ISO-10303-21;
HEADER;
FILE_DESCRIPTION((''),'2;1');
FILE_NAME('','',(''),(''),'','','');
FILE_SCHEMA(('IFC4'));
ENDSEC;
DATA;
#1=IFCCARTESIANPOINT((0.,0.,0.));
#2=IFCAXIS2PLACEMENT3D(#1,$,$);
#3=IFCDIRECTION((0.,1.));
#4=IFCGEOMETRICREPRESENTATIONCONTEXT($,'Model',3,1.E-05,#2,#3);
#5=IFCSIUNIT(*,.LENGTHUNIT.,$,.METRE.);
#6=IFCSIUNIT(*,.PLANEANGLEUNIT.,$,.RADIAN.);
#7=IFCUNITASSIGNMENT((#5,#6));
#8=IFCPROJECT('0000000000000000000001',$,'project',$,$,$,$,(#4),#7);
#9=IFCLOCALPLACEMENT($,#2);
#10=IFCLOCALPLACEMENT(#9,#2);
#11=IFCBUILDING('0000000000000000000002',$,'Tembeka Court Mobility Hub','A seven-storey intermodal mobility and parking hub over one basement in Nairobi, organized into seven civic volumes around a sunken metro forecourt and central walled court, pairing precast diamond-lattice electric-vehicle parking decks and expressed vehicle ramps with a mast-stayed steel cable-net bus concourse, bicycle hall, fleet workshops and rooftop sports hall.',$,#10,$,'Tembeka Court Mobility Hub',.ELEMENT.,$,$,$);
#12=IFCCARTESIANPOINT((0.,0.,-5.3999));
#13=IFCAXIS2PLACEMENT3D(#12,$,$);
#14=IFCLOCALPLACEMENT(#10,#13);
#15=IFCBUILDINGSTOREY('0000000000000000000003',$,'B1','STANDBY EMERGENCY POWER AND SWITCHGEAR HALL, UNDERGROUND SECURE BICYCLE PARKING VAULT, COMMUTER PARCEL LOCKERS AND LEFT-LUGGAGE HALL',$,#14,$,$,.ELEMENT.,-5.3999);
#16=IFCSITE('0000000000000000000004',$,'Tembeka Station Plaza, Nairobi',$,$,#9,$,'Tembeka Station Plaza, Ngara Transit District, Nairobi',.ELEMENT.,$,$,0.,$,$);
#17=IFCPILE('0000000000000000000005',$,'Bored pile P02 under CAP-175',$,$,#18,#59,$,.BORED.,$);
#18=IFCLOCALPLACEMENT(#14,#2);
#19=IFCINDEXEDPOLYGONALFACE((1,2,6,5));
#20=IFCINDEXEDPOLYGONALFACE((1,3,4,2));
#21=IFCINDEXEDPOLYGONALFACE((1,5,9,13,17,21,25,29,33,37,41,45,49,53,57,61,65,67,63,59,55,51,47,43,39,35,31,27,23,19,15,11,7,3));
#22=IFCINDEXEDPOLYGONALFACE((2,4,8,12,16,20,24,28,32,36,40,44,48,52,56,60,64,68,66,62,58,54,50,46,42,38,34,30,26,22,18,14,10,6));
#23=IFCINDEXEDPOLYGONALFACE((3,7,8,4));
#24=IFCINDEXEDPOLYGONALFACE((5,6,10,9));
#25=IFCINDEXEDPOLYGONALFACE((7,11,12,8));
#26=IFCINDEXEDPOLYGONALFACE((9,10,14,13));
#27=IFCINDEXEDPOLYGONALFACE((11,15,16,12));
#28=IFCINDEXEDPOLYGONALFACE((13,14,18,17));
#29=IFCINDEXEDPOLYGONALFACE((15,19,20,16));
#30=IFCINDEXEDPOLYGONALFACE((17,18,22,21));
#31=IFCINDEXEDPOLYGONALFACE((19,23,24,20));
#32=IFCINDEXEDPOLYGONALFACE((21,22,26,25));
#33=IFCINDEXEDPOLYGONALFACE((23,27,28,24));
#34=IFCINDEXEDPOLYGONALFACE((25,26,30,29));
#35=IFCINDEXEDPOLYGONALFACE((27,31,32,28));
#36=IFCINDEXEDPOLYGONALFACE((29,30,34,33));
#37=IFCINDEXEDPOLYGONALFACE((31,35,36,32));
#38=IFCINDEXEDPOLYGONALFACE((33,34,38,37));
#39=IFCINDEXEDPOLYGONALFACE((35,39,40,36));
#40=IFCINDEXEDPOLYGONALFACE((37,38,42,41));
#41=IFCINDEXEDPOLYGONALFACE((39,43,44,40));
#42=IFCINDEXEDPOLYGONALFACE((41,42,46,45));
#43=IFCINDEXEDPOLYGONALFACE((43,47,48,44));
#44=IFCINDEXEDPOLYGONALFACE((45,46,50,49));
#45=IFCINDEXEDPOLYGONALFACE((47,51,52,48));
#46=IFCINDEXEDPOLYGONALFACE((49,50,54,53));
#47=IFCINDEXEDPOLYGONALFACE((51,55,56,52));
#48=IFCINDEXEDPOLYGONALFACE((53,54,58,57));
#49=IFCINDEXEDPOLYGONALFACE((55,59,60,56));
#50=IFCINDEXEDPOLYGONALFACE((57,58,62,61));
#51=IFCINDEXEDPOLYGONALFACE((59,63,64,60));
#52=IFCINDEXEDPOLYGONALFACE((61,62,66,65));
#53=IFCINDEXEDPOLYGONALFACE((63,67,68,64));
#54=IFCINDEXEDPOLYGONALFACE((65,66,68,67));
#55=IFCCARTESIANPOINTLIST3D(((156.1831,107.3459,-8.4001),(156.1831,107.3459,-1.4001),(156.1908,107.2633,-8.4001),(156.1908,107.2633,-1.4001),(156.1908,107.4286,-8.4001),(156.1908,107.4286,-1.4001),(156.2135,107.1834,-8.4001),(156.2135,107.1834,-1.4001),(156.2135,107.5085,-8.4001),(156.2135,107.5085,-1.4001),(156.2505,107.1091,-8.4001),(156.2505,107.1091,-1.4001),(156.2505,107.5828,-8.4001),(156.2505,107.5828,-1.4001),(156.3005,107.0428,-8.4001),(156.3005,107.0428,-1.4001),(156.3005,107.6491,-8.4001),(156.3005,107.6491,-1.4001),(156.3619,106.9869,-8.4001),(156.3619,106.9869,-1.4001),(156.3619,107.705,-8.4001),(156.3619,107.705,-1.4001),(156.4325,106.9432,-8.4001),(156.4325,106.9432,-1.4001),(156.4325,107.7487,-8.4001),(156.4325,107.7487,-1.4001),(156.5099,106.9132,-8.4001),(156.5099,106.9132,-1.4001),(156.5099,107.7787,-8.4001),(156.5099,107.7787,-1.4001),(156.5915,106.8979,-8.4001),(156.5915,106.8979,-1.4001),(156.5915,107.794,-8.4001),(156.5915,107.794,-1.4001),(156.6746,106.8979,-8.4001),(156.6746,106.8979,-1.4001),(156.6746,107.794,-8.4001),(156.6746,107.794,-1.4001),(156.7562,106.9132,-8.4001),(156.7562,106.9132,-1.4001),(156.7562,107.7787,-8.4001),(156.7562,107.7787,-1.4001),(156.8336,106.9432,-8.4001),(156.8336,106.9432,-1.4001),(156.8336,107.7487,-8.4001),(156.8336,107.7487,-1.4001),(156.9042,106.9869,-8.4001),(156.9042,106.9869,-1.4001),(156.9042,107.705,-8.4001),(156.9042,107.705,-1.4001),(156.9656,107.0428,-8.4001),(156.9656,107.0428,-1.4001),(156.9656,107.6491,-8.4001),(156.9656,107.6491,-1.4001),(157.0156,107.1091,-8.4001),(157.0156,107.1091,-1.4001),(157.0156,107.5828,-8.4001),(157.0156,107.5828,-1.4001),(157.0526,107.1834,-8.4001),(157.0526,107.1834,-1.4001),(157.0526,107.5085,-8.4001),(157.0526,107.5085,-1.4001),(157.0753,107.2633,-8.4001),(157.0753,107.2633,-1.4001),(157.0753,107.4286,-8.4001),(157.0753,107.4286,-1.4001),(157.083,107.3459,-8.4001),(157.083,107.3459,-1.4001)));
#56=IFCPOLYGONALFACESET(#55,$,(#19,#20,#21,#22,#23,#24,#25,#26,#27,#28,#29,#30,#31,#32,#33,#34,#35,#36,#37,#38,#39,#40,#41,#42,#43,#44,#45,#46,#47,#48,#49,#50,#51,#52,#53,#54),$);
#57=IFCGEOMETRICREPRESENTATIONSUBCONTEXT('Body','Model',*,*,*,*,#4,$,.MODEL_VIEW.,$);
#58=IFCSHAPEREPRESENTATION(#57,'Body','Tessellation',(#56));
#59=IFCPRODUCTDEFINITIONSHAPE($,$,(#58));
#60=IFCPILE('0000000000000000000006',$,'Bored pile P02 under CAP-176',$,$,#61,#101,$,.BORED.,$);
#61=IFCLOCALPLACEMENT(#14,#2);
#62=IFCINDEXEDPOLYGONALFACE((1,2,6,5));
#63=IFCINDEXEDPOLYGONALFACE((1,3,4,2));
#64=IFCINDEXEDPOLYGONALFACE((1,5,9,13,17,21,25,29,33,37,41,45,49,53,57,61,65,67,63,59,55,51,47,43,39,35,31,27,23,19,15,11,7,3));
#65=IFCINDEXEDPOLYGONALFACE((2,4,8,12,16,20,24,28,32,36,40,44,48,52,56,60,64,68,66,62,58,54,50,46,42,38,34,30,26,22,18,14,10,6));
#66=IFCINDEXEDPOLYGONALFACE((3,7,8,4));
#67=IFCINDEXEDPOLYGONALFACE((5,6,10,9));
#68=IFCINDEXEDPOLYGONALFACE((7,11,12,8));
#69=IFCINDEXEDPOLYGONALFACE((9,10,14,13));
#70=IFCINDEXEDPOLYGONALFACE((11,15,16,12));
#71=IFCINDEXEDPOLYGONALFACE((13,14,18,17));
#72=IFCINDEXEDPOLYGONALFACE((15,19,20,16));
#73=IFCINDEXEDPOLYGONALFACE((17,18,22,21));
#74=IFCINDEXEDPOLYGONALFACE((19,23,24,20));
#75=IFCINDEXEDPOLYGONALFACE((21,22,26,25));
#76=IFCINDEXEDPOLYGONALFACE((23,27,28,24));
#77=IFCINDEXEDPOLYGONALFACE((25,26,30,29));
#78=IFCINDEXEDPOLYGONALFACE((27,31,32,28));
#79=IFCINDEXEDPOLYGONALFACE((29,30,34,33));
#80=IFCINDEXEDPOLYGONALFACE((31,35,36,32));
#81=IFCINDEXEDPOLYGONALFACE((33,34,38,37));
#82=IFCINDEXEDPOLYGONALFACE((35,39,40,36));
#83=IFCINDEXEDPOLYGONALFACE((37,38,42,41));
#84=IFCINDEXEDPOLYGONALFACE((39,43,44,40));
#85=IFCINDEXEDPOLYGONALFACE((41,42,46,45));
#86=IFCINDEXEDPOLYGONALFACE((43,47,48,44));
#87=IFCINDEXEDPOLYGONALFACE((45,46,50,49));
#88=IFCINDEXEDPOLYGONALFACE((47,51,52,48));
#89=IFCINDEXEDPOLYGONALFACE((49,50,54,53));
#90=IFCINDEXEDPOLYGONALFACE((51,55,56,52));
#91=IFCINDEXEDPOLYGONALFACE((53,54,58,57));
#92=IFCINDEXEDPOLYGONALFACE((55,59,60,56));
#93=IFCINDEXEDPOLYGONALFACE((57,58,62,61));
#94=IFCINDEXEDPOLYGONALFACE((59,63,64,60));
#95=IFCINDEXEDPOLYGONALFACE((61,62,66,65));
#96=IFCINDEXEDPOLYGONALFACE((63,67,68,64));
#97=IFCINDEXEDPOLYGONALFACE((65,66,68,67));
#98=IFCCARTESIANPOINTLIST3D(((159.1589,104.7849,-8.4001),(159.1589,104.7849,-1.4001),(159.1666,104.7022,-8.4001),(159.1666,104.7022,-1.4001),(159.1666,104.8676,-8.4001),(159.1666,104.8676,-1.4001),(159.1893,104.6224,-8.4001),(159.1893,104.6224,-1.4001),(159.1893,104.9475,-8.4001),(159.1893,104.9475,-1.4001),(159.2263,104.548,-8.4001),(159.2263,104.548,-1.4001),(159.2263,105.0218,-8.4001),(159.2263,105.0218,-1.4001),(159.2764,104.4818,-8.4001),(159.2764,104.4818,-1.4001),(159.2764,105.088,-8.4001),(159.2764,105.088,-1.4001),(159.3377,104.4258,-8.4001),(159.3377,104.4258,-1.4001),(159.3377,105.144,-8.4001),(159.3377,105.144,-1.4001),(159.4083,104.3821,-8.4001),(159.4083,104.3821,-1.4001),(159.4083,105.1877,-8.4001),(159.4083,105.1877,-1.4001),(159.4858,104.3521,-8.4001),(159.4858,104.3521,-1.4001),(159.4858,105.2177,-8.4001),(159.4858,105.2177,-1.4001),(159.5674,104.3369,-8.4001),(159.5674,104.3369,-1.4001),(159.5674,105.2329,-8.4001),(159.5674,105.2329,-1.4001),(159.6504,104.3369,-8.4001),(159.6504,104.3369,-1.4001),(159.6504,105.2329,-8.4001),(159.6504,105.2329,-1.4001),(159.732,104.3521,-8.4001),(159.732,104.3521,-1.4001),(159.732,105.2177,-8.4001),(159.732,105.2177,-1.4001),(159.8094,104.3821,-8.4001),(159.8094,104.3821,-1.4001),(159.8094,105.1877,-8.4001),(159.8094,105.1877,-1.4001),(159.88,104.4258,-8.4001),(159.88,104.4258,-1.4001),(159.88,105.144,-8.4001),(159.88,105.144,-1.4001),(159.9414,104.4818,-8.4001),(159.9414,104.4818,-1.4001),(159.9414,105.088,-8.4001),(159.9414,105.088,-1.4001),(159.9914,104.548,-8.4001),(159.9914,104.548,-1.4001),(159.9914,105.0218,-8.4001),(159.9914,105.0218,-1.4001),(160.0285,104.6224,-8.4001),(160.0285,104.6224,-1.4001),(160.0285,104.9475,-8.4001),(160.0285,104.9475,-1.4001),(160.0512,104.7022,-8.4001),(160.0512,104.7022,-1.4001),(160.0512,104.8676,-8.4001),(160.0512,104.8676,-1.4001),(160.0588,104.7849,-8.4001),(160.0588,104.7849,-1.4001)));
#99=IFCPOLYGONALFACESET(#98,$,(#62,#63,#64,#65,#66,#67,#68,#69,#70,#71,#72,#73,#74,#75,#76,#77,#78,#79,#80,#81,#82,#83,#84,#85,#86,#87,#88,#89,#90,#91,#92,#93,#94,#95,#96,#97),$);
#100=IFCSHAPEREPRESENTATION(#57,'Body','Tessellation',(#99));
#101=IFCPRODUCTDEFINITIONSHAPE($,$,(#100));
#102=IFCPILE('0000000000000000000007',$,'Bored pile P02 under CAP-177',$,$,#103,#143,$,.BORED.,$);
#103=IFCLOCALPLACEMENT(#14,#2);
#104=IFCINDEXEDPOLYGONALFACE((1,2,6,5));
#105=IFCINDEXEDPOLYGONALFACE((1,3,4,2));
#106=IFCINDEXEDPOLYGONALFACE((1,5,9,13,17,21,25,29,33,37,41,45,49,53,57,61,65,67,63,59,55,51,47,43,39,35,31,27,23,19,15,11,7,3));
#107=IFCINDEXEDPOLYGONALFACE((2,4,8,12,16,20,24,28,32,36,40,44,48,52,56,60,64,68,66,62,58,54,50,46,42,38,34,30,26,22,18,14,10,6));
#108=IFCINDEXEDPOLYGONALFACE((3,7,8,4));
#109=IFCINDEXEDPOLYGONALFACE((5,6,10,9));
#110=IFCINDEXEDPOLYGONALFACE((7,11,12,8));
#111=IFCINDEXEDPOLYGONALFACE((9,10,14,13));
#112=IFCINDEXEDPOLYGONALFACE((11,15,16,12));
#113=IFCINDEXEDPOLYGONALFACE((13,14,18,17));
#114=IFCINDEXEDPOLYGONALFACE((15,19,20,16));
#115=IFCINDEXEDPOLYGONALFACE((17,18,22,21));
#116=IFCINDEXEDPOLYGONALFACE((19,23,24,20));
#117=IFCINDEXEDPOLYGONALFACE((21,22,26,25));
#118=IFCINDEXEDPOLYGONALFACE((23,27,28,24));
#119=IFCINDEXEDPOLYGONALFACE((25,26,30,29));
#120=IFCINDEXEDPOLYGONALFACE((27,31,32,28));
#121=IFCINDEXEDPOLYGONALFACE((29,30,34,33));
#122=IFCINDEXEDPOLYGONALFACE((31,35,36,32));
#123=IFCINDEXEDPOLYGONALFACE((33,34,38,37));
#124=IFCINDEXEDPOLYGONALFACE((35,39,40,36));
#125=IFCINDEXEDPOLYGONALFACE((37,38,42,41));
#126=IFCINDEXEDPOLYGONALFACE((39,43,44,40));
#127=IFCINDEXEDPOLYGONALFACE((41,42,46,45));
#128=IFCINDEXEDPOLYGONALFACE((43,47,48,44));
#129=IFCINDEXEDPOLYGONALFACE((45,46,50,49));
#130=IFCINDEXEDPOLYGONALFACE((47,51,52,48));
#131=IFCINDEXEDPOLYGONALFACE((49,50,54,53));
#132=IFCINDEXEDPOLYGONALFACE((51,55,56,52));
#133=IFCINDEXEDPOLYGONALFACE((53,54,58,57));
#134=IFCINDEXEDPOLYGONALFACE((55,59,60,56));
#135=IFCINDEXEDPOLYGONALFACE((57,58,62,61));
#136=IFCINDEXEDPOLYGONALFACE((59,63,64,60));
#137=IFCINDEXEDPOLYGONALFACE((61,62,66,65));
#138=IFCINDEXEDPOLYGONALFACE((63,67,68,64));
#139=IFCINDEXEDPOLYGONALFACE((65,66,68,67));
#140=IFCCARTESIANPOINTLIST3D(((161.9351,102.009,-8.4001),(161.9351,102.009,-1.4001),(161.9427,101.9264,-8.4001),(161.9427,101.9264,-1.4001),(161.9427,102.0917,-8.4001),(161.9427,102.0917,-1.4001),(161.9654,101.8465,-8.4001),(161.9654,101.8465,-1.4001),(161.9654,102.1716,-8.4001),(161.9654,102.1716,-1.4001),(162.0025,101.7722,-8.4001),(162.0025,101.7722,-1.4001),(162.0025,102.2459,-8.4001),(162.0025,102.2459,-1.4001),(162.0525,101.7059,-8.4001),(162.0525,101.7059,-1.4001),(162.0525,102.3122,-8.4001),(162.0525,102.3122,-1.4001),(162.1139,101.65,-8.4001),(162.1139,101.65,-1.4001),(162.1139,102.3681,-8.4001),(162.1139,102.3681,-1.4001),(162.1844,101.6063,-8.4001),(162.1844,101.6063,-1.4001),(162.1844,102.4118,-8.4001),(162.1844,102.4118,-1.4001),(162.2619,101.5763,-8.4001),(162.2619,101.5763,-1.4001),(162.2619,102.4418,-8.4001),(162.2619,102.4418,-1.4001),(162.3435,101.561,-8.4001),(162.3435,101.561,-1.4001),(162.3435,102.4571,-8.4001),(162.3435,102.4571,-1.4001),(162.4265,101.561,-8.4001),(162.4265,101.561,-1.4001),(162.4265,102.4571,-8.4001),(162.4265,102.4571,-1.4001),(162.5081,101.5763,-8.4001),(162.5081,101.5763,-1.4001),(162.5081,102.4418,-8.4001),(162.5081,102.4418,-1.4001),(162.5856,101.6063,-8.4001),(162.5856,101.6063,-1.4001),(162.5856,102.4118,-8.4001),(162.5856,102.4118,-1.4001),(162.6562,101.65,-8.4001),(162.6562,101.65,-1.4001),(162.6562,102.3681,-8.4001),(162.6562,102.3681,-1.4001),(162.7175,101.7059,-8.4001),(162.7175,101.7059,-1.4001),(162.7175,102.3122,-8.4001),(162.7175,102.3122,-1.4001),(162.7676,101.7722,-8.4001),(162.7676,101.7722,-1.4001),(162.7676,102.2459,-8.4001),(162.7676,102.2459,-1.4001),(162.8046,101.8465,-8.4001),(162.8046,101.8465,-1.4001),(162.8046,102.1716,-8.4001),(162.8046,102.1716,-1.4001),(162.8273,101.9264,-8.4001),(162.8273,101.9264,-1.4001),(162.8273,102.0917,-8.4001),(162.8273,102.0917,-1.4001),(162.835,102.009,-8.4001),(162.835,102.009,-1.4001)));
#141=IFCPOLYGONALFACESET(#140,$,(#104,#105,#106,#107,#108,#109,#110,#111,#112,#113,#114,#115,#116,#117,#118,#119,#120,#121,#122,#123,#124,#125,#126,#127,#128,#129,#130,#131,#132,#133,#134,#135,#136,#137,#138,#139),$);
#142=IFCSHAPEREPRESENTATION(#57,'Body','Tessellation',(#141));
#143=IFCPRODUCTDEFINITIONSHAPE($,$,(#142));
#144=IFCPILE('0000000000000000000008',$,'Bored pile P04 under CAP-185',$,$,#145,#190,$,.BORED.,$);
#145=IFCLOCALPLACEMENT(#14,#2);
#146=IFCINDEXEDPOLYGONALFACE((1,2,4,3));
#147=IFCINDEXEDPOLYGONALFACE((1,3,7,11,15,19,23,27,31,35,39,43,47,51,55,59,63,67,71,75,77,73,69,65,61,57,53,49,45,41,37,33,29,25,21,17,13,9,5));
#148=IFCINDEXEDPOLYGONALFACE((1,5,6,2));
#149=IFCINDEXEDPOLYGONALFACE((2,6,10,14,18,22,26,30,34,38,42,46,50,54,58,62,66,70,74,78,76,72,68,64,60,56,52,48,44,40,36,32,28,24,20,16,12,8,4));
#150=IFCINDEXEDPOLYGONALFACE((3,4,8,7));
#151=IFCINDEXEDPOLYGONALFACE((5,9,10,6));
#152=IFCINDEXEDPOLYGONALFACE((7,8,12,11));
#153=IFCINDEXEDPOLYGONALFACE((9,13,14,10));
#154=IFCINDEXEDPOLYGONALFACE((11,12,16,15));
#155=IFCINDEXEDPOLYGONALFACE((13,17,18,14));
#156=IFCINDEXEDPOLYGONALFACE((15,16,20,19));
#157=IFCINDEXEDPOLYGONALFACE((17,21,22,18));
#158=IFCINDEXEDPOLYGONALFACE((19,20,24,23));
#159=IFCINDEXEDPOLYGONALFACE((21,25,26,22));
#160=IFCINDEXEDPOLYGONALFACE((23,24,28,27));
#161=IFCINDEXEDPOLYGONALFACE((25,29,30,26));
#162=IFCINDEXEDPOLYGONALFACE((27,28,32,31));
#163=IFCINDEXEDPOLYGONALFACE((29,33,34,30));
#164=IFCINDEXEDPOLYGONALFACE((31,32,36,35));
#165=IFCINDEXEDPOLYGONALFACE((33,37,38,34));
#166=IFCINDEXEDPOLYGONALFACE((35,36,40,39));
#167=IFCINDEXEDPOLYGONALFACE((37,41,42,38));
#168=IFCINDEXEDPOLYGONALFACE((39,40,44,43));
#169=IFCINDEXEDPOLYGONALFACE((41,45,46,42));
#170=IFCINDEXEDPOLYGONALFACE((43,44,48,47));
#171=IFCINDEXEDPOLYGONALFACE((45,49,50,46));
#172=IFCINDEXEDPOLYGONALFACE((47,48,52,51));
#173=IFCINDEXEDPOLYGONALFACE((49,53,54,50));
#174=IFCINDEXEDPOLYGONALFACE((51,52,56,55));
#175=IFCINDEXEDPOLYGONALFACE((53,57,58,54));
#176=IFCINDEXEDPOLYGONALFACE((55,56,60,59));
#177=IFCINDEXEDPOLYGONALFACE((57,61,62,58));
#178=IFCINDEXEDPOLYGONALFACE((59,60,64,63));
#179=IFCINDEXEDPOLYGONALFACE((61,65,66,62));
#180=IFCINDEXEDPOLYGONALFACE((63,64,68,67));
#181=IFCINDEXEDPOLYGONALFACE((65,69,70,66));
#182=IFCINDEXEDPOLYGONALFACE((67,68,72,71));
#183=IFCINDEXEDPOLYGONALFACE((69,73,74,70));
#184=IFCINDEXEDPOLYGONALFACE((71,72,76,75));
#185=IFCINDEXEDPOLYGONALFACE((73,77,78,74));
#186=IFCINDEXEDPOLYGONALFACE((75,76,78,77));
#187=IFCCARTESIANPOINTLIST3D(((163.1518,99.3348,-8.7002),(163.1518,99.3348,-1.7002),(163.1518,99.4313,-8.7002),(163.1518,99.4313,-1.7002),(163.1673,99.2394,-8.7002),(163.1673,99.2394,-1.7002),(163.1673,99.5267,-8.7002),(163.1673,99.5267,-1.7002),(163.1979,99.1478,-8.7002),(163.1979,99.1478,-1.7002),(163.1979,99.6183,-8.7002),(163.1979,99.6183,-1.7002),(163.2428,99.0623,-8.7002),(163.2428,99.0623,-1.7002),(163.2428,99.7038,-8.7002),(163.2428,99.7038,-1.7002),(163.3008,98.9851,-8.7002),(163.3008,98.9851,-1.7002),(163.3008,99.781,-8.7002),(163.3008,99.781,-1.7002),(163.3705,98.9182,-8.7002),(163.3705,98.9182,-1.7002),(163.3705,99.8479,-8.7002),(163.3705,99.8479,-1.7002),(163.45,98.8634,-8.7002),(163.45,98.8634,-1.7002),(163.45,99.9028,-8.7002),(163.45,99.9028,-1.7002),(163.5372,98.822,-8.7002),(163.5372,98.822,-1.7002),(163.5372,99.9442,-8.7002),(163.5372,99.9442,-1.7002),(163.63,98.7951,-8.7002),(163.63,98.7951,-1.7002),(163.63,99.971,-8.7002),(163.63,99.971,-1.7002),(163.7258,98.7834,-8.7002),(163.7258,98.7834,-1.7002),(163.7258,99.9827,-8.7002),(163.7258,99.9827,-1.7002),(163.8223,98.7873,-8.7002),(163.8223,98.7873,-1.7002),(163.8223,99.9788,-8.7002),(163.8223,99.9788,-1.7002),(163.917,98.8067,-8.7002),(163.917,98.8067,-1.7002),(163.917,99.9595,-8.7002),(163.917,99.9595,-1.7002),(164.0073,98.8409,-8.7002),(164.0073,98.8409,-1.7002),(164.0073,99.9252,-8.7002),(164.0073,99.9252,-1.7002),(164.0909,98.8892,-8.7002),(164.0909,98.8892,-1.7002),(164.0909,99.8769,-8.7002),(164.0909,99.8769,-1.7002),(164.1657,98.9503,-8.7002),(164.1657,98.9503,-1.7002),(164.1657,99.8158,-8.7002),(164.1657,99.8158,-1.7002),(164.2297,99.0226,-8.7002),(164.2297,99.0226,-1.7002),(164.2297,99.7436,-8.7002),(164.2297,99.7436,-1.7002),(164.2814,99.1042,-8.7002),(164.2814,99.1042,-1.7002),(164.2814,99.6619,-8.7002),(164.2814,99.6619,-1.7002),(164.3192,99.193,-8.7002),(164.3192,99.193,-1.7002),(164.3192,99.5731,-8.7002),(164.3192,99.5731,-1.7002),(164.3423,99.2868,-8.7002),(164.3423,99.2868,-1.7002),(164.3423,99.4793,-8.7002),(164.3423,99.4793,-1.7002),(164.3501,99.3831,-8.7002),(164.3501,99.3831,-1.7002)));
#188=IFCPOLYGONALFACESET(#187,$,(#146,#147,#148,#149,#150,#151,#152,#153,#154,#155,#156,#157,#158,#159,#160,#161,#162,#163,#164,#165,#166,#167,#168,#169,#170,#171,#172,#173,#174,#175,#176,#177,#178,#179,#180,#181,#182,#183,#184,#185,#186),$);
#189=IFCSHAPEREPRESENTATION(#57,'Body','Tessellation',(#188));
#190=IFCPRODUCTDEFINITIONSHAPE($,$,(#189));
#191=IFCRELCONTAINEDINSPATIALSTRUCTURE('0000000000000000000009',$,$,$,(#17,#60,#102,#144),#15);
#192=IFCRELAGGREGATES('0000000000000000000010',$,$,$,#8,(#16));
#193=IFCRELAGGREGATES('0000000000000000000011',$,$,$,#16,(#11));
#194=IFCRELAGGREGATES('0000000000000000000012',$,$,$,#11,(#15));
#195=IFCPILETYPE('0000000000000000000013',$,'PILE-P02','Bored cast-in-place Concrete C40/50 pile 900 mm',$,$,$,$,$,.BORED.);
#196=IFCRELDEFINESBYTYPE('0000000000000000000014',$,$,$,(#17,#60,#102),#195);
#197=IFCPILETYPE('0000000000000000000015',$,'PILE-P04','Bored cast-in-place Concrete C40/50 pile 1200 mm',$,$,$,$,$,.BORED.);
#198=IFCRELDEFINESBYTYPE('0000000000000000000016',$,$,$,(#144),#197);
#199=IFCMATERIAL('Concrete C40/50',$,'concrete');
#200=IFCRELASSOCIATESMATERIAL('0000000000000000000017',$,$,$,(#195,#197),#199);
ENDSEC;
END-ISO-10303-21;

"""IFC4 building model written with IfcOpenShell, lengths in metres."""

from ifc_helpers import new_model, si_unit, direction, frame, origin, origin_2d, place, context, subcontext, project, spatial, circle, extrude, material, material_profile, profile_set, type_object, element, save


model = new_model("IFC4")

# Units and contexts
model_context = context("Model", 3, precision=1e-05, world=origin(), true_north=direction((0.0, 1.0)))
body_context = subcontext(model_context, "Body", "Model", "MODEL_VIEW")
ifc_project = project(units=[si_unit("LENGTHUNIT", "METRE"), si_unit("PLANEANGLEUNIT", "RADIAN")], contexts=[model_context])

# Site, building, storey
site_placement = place(None, origin())
site = spatial("IfcSite", under=ifc_project, at=site_placement, Name="Tembeka Station Plaza, Nairobi", LongName="Tembeka Station Plaza, Ngara Transit District, Nairobi", CompositionType="ELEMENT", RefElevation=0.0)
building_placement = place(site_placement, origin())
building = spatial("IfcBuilding", under=site, at=building_placement, Name="Tembeka Court Mobility Hub", Description="A seven-storey intermodal mobility and parking hub over one basement in Nairobi, organized into seven civic volumes around a sunken metro forecourt and central walled court, pairing precast diamond-lattice electric-vehicle parking decks and expressed vehicle ramps with a mast-stayed steel cable-net bus concourse, bicycle hall, fleet workshops and rooftop sports hall.", LongName="Tembeka Court Mobility Hub", CompositionType="ELEMENT")
storey_placement = place(building_placement, frame((0.0, 0.0, -5.3999)))
storey = spatial("IfcBuildingStorey", under=building, at=storey_placement, Name="B1", Description="STANDBY EMERGENCY POWER AND SWITCHGEAR HALL, UNDERGROUND SECURE BICYCLE PARKING VAULT, COMMUTER PARCEL LOCKERS AND LEFT-LUGGAGE HALL", CompositionType="ELEMENT", Elevation=-5.3999)

# Shared definitions
ifc_material_1 = material(Name="Concrete C40/50", Category="concrete")

# Piles
ifc_material_profile_1 = material_profile(ifc_material_1, circle(Radius=0.45, at=origin_2d()), Name="PILE D900")
ifc_profile_set_1 = profile_set([ifc_material_profile_1], Name="Concrete C40/50")
pile_type_1 = type_object("IfcPileType", Name="PILE-P02", Description="Bored cast-in-place Concrete C40/50 pile 900 mm", PredefinedType="BORED", material=ifc_profile_set_1)
for number, where, z_axis, x_axis, name in (
    (1, (156.6331, 107.3459, -1.4001), (0.0, 0.0, -1.0), (1.0, 0.0, 0.0), "Bored pile P02 under CAP-175"),
    (2, (159.6089, 104.7849, -1.4001), (0.0, 0.0, -1.0), (1.0, 0.0, 0.0), "Bored pile P02 under CAP-176"),
    (3, (162.385, 102.009, -1.4001), (0.0, 0.0, -1.0), (1.0, 0.0, 0.0), "Bored pile P02 under CAP-177"),
):
    element("IfcPile", number, at=place(storey_placement, frame(where, z_axis=z_axis, x_axis=x_axis)), inside=storey, type_object=pile_type_1, Name=name, PredefinedType="BORED", context=body_context, shape_type="SweptSolid", body=[
        extrude(circle(Radius=0.45, at=origin_2d()), origin(), (0.0, 0.0, 1.0), 7.0),
    ])
ifc_material_profile_2 = material_profile(ifc_material_1, circle(Radius=0.6001, at=origin_2d()), Name="PILE D1200")
ifc_profile_set_2 = profile_set([ifc_material_profile_2], Name="Concrete C40/50")
pile_type_2 = type_object("IfcPileType", Name="PILE-P04", Description="Bored cast-in-place Concrete C40/50 pile 1200 mm", PredefinedType="BORED", material=ifc_profile_set_2)
for number, where, z_axis, x_axis, name in (
    (4, (163.75, 99.3831, -1.7002), (0.0, 0.0, -1.0), (1.0, 0.0, 0.0), "Bored pile P04 under CAP-185"),
):
    element("IfcPile", number, at=place(storey_placement, frame(where, z_axis=z_axis, x_axis=x_axis)), inside=storey, type_object=pile_type_2, Name=name, PredefinedType="BORED", context=body_context, shape_type="SweptSolid", body=[
        extrude(circle(Radius=0.6001, at=origin_2d()), origin(), (0.0, 0.0, 1.0), 7.0),
    ])

save(model, "model.ifc")
